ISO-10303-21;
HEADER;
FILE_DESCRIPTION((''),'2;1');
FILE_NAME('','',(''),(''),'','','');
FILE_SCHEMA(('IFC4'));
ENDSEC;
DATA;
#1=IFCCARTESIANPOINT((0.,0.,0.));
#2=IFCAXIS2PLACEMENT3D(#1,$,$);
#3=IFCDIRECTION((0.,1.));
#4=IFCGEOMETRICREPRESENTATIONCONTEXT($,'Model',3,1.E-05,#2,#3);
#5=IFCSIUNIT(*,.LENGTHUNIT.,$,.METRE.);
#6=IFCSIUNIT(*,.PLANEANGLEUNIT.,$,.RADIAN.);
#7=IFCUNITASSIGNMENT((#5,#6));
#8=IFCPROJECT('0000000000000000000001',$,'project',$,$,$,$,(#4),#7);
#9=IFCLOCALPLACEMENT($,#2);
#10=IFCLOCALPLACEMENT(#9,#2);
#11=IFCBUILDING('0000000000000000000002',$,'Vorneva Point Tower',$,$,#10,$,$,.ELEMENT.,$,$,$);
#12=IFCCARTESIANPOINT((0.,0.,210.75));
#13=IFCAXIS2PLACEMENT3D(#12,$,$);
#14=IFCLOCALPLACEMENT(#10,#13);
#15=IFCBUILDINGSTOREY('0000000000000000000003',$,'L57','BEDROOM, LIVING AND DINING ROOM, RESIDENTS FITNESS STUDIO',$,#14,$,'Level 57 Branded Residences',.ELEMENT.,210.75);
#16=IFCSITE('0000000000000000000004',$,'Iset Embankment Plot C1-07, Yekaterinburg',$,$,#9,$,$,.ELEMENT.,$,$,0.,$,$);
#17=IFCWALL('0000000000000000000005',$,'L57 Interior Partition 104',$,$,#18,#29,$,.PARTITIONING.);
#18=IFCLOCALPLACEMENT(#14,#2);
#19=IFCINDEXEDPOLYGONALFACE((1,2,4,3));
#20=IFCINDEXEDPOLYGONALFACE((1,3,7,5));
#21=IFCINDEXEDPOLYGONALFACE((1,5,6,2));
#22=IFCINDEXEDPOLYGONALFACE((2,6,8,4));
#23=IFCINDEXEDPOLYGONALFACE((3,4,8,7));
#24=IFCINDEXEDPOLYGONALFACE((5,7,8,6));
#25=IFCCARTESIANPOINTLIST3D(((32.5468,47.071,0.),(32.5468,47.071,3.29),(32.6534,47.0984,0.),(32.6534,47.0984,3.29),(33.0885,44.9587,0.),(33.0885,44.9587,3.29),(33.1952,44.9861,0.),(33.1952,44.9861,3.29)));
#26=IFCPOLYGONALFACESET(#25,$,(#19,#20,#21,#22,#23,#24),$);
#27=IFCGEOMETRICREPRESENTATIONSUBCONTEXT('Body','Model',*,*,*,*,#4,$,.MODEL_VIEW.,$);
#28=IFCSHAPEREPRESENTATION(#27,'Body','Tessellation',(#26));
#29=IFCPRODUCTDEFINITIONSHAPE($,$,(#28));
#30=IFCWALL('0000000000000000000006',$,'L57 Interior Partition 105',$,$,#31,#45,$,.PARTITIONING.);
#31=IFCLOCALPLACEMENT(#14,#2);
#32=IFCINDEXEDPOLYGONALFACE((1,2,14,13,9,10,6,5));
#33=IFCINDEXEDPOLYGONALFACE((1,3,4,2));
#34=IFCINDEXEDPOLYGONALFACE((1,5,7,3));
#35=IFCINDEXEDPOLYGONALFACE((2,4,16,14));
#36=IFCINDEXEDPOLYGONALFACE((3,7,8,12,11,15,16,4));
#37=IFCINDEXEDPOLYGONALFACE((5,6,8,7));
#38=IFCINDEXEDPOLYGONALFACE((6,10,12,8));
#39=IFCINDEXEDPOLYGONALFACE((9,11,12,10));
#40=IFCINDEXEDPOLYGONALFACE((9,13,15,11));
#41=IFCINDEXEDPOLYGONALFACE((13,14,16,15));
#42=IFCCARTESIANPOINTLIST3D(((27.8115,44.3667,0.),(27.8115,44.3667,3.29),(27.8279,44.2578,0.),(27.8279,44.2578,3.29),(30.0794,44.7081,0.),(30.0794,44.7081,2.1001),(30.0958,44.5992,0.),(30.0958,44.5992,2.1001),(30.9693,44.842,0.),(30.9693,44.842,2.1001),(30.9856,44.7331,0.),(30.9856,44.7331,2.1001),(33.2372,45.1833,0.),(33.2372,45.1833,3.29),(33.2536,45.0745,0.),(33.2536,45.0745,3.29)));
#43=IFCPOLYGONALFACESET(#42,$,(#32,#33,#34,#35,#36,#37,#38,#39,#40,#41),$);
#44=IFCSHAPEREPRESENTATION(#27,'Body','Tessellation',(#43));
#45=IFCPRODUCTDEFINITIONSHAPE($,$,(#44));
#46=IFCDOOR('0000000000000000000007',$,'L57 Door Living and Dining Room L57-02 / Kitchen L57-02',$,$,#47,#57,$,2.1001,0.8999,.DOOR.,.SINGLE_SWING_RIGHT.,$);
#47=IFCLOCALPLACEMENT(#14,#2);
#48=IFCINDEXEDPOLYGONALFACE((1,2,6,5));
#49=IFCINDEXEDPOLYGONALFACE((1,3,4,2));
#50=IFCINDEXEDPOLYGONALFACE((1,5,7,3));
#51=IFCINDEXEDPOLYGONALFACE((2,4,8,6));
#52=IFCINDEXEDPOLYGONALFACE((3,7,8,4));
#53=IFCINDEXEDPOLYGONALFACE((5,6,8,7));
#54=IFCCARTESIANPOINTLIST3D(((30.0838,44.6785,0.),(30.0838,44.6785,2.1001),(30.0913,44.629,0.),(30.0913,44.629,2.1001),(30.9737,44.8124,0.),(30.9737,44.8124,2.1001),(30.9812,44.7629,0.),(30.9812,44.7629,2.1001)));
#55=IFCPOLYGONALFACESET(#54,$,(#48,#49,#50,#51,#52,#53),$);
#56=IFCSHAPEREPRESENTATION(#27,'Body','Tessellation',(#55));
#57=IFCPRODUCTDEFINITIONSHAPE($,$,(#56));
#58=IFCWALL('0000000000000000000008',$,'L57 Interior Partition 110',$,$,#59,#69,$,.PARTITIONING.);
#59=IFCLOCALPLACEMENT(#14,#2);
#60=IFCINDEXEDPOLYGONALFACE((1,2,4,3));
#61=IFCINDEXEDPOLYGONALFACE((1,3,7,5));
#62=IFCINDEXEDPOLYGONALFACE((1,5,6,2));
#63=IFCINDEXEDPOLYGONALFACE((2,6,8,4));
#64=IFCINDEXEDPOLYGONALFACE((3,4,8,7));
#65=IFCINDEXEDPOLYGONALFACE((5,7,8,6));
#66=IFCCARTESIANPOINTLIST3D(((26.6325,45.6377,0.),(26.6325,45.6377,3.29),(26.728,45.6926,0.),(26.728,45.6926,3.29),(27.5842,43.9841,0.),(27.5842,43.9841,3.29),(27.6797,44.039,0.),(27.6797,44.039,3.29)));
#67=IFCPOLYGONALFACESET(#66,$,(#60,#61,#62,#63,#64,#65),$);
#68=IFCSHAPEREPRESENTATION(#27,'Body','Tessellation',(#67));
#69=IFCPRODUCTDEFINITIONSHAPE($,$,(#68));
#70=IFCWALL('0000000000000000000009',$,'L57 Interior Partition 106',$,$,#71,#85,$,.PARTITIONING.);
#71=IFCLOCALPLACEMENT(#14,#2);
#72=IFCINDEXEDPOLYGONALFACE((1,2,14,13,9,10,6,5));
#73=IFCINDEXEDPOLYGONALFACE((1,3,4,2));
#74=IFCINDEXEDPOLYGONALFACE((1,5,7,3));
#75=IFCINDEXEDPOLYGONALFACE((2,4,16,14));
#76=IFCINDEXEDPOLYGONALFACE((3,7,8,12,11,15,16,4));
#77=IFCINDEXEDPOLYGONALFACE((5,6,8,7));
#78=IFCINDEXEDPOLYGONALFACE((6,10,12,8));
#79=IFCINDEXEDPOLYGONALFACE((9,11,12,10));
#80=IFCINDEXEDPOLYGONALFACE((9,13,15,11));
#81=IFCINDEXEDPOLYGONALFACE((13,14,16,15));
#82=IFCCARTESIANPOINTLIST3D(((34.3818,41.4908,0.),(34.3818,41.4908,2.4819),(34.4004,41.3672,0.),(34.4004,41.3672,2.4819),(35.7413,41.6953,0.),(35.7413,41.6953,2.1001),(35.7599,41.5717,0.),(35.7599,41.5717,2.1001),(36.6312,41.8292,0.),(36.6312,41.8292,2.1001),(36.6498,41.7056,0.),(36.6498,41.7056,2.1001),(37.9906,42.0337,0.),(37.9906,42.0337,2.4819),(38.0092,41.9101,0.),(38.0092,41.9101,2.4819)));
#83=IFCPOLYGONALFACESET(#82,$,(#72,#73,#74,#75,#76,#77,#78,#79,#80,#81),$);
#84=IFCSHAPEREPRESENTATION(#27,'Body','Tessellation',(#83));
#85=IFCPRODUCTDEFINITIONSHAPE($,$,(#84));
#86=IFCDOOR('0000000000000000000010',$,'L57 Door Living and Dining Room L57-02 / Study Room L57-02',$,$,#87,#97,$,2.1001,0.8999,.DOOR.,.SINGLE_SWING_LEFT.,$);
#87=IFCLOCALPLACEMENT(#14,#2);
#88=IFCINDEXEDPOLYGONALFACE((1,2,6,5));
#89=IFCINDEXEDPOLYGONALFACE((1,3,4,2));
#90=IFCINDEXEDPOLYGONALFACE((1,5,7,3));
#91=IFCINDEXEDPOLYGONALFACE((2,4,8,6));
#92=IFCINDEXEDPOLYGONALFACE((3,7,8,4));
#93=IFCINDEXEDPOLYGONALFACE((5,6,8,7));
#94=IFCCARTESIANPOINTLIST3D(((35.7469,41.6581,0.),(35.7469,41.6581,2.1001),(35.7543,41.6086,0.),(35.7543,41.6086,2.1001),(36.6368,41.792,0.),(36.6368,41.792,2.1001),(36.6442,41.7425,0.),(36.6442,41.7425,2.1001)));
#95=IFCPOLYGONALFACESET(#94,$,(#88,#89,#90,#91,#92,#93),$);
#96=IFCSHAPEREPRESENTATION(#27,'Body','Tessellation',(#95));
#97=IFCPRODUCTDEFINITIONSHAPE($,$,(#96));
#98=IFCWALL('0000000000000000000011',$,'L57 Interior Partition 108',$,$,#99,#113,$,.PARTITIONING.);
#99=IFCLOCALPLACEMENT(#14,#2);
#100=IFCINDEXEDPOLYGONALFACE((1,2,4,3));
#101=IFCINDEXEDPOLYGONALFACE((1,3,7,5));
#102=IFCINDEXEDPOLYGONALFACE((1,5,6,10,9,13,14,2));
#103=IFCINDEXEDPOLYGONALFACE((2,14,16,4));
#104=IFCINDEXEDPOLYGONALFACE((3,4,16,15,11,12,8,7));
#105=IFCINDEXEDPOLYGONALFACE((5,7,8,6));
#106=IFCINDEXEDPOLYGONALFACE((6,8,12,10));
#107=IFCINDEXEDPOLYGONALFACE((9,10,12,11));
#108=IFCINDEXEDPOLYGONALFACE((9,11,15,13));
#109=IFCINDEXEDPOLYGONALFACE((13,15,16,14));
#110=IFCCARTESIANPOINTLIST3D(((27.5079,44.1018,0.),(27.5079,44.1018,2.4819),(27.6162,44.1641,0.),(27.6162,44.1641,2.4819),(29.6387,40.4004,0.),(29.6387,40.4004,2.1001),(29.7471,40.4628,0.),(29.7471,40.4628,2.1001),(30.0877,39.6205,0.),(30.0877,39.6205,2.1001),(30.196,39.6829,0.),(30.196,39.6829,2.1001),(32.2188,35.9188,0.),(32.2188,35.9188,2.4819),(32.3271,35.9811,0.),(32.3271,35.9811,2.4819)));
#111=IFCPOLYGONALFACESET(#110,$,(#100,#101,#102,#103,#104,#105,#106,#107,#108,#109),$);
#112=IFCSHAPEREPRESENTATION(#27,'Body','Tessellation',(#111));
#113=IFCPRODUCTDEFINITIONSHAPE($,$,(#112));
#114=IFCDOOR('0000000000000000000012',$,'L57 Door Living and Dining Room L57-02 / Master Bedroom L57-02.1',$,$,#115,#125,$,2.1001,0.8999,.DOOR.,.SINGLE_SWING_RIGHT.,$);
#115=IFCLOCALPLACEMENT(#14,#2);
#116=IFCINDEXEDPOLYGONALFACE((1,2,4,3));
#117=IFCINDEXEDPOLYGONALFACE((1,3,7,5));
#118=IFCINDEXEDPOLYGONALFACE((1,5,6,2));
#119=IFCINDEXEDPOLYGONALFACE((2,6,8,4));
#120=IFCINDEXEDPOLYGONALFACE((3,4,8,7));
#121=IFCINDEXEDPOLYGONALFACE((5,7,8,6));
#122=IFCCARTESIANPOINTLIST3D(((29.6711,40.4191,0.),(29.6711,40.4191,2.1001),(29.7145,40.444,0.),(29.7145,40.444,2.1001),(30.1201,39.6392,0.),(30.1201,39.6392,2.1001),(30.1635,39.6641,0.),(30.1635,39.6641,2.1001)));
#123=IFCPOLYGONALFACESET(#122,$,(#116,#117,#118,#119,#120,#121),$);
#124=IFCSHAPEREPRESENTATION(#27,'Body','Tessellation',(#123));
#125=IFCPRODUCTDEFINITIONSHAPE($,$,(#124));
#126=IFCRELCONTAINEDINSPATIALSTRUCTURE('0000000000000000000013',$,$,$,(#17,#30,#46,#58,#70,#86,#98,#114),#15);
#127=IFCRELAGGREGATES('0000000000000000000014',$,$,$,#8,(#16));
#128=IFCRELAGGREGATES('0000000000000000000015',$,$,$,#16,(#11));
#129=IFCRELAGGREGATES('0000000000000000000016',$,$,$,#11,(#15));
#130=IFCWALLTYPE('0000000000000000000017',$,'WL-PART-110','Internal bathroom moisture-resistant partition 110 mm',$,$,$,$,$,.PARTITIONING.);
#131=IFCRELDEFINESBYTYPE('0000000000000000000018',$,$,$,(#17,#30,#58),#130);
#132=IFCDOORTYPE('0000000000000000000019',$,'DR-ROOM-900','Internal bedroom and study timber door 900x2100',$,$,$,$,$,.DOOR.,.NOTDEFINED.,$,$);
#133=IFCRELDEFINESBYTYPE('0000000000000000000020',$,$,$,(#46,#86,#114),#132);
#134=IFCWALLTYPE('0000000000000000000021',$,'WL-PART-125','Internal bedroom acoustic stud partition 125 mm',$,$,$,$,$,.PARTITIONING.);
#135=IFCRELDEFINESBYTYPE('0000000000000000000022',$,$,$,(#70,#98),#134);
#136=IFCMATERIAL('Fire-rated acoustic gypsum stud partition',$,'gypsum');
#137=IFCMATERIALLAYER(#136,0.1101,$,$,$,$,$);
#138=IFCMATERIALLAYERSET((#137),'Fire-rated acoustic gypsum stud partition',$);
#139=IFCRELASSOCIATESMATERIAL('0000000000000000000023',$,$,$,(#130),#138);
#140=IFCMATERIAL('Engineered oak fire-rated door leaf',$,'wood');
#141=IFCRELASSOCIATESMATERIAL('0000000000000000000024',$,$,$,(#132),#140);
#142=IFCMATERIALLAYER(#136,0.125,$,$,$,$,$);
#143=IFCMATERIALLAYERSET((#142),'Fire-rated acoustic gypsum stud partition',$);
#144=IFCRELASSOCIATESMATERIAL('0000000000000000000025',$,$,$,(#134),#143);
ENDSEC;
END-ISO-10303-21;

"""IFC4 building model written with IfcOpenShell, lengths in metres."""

from ifc_helpers import new_model, si_unit, direction, frame, frame_2d, origin, place, context, subcontext, project, spatial, rectangle, extrude, material, layer, layer_set, type_object, element, fill, save


model = new_model("IFC4")

# Units and contexts
model_context = context("Model", 3, precision=1e-05, world=origin(), true_north=direction((0.0, 1.0)))
body_context = subcontext(model_context, "Body", "Model", "MODEL_VIEW")
ifc_project = project(units=[si_unit("LENGTHUNIT", "METRE"), si_unit("PLANEANGLEUNIT", "RADIAN")], contexts=[model_context])

# Site, building, storey
site_placement = place(None, origin())
site = spatial("IfcSite", under=ifc_project, at=site_placement, Name="Iset Embankment Plot C1-07, Yekaterinburg", CompositionType="ELEMENT", RefElevation=0.0)
building_placement = place(site_placement, origin())
building = spatial("IfcBuilding", under=site, at=building_placement, Name="Vorneva Point Tower", CompositionType="ELEMENT")
storey_placement = place(building_placement, frame((0.0, 0.0, 210.75)))
storey = spatial("IfcBuildingStorey", under=building, at=storey_placement, Name="L57", Description="BEDROOM, LIVING AND DINING ROOM, RESIDENTS FITNESS STUDIO", LongName="Level 57 Branded Residences", CompositionType="ELEMENT", Elevation=210.75)

# Wall
ifc_material_1 = material(Name="Fire-rated acoustic gypsum stud partition", Category="gypsum")
ifc_layer_1 = layer(ifc_material_1, 0.1101)
ifc_layer_set_1 = layer_set([ifc_layer_1], Name="Fire-rated acoustic gypsum stud partition")
wall_type_1 = type_object("IfcWallType", Name="WL-PART-110", Description="Internal bathroom moisture-resistant partition 110 mm", PredefinedType="PARTITIONING", material=ifc_layer_set_1)
wall_1_placement = place(storey_placement, frame((32.6001, 47.0847, 0.0), z_axis=(0.0, 0.0, 1.0), x_axis=(0.248432, -0.968649, 0.0)))
element("IfcWall", 1, at=wall_1_placement, inside=storey, type_object=wall_type_1, Name="L57 Interior Partition 104", PredefinedType="PARTITIONING", context=body_context, shape_type="SweptSolid", body=[
    extrude(rectangle(XDim=2.1807, YDim=0.1101, at=frame_2d((1.0903, 0.0))), origin(), (0.0, 0.0, 1.0), 3.29),
])

# Wall, opening, door
wall_2_placement = place(storey_placement, frame((33.2454, 45.1289, 0.0), z_axis=(0.0, 0.0, 1.0), x_axis=(-0.988862, -0.148837, 0.0)))
wall_2 = element("IfcWall", 2, at=wall_2_placement, inside=storey, type_object=wall_type_1, Name="L57 Interior Partition 105", PredefinedType="PARTITIONING", context=body_context, shape_type="SweptSolid", body=[
    extrude(rectangle(XDim=5.4868, YDim=0.1101, at=frame_2d((2.7434, 0.0))), origin(), (0.0, 0.0, 1.0), 3.29),
])
opening_1_placement = place(wall_2_placement, frame((2.2935, 0.0, 0.0)))
opening_1 = element("IfcOpeningElement", 3, at=opening_1_placement, cuts=wall_2, PredefinedType="OPENING", context=body_context, shape_type="SweptSolid", body=[
    extrude(rectangle(XDim=0.8999, YDim=2.1001, at=frame_2d((0.45, 1.05))), frame((0.0, 0.0698, 0.0), z_axis=(0.0, -1.0, 0.0), x_axis=(1.0, 0.0, 0.0)), (0.0, 0.0, 1.0), 0.1399),
])
ifc_material_2 = material(Name="Engineered oak fire-rated door leaf", Category="wood")
door_type = type_object("IfcDoorType", Name="DR-ROOM-900", Description="Internal bedroom and study timber door 900x2100", OperationType="NOTDEFINED", PredefinedType="DOOR", material=ifc_material_2)
door_1_placement = place(opening_1_placement, origin())
door_1 = element("IfcDoor", 4, at=door_1_placement, inside=storey, type_object=door_type, Name="L57 Door Living and Dining Room L57-02 / Kitchen L57-02", OperationType="SINGLE_SWING_RIGHT", OverallHeight=2.1001, OverallWidth=0.8999, PredefinedType="DOOR", context=body_context, shape_type="SweptSolid", body=[
    extrude(rectangle(XDim=0.8999, YDim=2.1001, at=frame_2d((0.45, 1.05))), frame((0.0, 0.0249, 0.0), z_axis=(0.0, -1.0, 0.0), x_axis=(1.0, 0.0, 0.0)), (0.0, 0.0, 1.0), 0.05),
])
fill(opening_1, door_1)

# Wall
wall_3_placement = place(storey_placement, frame((26.6802, 45.6653, 0.0), z_axis=(0.0, 0.0, 1.0), x_axis=(0.49881, -0.866711, 0.0)))
element("IfcWall", 5, at=wall_3_placement, inside=storey, type_object=wall_type_1, Name="L57 Interior Partition 110", PredefinedType="PARTITIONING", context=body_context, shape_type="SweptSolid", body=[
    extrude(rectangle(XDim=1.908, YDim=0.1101, at=frame_2d((0.9541, 0.0))), origin(), (0.0, 0.0, 1.0), 3.29),
])

# Walls, openings, doors
ifc_layer_2 = layer(ifc_material_1, 0.125)
ifc_layer_set_2 = layer_set([ifc_layer_2], Name="Fire-rated acoustic gypsum stud partition")
wall_type_2 = type_object("IfcWallType", Name="WL-PART-125", Description="Internal bedroom acoustic stud partition 125 mm", PredefinedType="PARTITIONING", material=ifc_layer_set_2)
wall_4_placement = place(storey_placement, frame((34.3911, 41.429, 0.0), z_axis=(0.0, 0.0, 1.0), x_axis=(0.988871, 0.148779, 0.0)))
wall_4 = element("IfcWall", 6, at=wall_4_placement, inside=storey, type_object=wall_type_2, Name="L57 Interior Partition 106", PredefinedType="PARTITIONING", context=body_context, shape_type="SweptSolid", body=[
    extrude(rectangle(XDim=3.6494, YDim=0.125, at=frame_2d((1.8247, 0.0))), origin(), (0.0, 0.0, 1.0), 2.4819),
])
opening_2_placement = place(wall_4_placement, frame((1.3748, 0.0, 0.0)))
opening_2 = element("IfcOpeningElement", 7, at=opening_2_placement, cuts=wall_4, PredefinedType="OPENING", context=body_context, shape_type="SweptSolid", body=[
    extrude(rectangle(XDim=0.8999, YDim=2.1001, at=frame_2d((0.45, 1.05))), frame((0.0, 0.0774, 0.0), z_axis=(0.0, -1.0, 0.0), x_axis=(1.0, 0.0, 0.0)), (0.0, 0.0, 1.0), 0.1548),
])
door_2_placement = place(opening_2_placement, origin())
door_2 = element("IfcDoor", 8, at=door_2_placement, inside=storey, type_object=door_type, Name="L57 Door Living and Dining Room L57-02 / Study Room L57-02", OperationType="SINGLE_SWING_LEFT", OverallHeight=2.1001, OverallWidth=0.8999, PredefinedType="DOOR", context=body_context, shape_type="SweptSolid", body=[
    extrude(rectangle(XDim=0.8999, YDim=2.1001, at=frame_2d((0.45, 1.05))), frame((0.0, 0.0249, 0.0), z_axis=(0.0, -1.0, 0.0), x_axis=(1.0, 0.0, 0.0)), (0.0, 0.0, 1.0), 0.05),
])
fill(opening_2, door_2)
wall_5_placement = place(storey_placement, frame((27.562, 44.1331, 0.0), z_axis=(0.0, 0.0, 1.0), x_axis=(0.498921, -0.866648, 0.0)))
wall_5 = element("IfcWall", 9, at=wall_5_placement, inside=storey, type_object=wall_type_2, Name="L57 Interior Partition 108", PredefinedType="PARTITIONING", context=body_context, shape_type="SweptSolid", body=[
    extrude(rectangle(XDim=9.4421, YDim=0.125, at=frame_2d((4.7212, 0.0))), origin(), (0.0, 0.0, 1.0), 2.4819),
])
opening_3_placement = place(wall_5_placement, frame((4.271, 0.0, 0.0)))
opening_3 = element("IfcOpeningElement", 10, at=opening_3_placement, cuts=wall_5, PredefinedType="OPENING", context=body_context, shape_type="SweptSolid", body=[
    extrude(rectangle(XDim=0.8999, YDim=2.1001, at=frame_2d((0.45, 1.05))), frame((0.0, 0.0774, 0.0), z_axis=(0.0, -1.0, 0.0), x_axis=(1.0, 0.0, 0.0)), (0.0, 0.0, 1.0), 0.1548),
])
door_3_placement = place(opening_3_placement, origin())
door_3 = element("IfcDoor", 11, at=door_3_placement, inside=storey, type_object=door_type, Name="L57 Door Living and Dining Room L57-02 / Master Bedroom L57-02.1", OperationType="SINGLE_SWING_RIGHT", OverallHeight=2.1001, OverallWidth=0.8999, PredefinedType="DOOR", context=body_context, shape_type="SweptSolid", body=[
    extrude(rectangle(XDim=0.8999, YDim=2.1001, at=frame_2d((0.45, 1.05))), frame((0.0, 0.0249, 0.0), z_axis=(0.0, -1.0, 0.0), x_axis=(1.0, 0.0, 0.0)), (0.0, 0.0, 1.0), 0.05),
])
fill(opening_3, door_3)

save(model, "model.ifc")
